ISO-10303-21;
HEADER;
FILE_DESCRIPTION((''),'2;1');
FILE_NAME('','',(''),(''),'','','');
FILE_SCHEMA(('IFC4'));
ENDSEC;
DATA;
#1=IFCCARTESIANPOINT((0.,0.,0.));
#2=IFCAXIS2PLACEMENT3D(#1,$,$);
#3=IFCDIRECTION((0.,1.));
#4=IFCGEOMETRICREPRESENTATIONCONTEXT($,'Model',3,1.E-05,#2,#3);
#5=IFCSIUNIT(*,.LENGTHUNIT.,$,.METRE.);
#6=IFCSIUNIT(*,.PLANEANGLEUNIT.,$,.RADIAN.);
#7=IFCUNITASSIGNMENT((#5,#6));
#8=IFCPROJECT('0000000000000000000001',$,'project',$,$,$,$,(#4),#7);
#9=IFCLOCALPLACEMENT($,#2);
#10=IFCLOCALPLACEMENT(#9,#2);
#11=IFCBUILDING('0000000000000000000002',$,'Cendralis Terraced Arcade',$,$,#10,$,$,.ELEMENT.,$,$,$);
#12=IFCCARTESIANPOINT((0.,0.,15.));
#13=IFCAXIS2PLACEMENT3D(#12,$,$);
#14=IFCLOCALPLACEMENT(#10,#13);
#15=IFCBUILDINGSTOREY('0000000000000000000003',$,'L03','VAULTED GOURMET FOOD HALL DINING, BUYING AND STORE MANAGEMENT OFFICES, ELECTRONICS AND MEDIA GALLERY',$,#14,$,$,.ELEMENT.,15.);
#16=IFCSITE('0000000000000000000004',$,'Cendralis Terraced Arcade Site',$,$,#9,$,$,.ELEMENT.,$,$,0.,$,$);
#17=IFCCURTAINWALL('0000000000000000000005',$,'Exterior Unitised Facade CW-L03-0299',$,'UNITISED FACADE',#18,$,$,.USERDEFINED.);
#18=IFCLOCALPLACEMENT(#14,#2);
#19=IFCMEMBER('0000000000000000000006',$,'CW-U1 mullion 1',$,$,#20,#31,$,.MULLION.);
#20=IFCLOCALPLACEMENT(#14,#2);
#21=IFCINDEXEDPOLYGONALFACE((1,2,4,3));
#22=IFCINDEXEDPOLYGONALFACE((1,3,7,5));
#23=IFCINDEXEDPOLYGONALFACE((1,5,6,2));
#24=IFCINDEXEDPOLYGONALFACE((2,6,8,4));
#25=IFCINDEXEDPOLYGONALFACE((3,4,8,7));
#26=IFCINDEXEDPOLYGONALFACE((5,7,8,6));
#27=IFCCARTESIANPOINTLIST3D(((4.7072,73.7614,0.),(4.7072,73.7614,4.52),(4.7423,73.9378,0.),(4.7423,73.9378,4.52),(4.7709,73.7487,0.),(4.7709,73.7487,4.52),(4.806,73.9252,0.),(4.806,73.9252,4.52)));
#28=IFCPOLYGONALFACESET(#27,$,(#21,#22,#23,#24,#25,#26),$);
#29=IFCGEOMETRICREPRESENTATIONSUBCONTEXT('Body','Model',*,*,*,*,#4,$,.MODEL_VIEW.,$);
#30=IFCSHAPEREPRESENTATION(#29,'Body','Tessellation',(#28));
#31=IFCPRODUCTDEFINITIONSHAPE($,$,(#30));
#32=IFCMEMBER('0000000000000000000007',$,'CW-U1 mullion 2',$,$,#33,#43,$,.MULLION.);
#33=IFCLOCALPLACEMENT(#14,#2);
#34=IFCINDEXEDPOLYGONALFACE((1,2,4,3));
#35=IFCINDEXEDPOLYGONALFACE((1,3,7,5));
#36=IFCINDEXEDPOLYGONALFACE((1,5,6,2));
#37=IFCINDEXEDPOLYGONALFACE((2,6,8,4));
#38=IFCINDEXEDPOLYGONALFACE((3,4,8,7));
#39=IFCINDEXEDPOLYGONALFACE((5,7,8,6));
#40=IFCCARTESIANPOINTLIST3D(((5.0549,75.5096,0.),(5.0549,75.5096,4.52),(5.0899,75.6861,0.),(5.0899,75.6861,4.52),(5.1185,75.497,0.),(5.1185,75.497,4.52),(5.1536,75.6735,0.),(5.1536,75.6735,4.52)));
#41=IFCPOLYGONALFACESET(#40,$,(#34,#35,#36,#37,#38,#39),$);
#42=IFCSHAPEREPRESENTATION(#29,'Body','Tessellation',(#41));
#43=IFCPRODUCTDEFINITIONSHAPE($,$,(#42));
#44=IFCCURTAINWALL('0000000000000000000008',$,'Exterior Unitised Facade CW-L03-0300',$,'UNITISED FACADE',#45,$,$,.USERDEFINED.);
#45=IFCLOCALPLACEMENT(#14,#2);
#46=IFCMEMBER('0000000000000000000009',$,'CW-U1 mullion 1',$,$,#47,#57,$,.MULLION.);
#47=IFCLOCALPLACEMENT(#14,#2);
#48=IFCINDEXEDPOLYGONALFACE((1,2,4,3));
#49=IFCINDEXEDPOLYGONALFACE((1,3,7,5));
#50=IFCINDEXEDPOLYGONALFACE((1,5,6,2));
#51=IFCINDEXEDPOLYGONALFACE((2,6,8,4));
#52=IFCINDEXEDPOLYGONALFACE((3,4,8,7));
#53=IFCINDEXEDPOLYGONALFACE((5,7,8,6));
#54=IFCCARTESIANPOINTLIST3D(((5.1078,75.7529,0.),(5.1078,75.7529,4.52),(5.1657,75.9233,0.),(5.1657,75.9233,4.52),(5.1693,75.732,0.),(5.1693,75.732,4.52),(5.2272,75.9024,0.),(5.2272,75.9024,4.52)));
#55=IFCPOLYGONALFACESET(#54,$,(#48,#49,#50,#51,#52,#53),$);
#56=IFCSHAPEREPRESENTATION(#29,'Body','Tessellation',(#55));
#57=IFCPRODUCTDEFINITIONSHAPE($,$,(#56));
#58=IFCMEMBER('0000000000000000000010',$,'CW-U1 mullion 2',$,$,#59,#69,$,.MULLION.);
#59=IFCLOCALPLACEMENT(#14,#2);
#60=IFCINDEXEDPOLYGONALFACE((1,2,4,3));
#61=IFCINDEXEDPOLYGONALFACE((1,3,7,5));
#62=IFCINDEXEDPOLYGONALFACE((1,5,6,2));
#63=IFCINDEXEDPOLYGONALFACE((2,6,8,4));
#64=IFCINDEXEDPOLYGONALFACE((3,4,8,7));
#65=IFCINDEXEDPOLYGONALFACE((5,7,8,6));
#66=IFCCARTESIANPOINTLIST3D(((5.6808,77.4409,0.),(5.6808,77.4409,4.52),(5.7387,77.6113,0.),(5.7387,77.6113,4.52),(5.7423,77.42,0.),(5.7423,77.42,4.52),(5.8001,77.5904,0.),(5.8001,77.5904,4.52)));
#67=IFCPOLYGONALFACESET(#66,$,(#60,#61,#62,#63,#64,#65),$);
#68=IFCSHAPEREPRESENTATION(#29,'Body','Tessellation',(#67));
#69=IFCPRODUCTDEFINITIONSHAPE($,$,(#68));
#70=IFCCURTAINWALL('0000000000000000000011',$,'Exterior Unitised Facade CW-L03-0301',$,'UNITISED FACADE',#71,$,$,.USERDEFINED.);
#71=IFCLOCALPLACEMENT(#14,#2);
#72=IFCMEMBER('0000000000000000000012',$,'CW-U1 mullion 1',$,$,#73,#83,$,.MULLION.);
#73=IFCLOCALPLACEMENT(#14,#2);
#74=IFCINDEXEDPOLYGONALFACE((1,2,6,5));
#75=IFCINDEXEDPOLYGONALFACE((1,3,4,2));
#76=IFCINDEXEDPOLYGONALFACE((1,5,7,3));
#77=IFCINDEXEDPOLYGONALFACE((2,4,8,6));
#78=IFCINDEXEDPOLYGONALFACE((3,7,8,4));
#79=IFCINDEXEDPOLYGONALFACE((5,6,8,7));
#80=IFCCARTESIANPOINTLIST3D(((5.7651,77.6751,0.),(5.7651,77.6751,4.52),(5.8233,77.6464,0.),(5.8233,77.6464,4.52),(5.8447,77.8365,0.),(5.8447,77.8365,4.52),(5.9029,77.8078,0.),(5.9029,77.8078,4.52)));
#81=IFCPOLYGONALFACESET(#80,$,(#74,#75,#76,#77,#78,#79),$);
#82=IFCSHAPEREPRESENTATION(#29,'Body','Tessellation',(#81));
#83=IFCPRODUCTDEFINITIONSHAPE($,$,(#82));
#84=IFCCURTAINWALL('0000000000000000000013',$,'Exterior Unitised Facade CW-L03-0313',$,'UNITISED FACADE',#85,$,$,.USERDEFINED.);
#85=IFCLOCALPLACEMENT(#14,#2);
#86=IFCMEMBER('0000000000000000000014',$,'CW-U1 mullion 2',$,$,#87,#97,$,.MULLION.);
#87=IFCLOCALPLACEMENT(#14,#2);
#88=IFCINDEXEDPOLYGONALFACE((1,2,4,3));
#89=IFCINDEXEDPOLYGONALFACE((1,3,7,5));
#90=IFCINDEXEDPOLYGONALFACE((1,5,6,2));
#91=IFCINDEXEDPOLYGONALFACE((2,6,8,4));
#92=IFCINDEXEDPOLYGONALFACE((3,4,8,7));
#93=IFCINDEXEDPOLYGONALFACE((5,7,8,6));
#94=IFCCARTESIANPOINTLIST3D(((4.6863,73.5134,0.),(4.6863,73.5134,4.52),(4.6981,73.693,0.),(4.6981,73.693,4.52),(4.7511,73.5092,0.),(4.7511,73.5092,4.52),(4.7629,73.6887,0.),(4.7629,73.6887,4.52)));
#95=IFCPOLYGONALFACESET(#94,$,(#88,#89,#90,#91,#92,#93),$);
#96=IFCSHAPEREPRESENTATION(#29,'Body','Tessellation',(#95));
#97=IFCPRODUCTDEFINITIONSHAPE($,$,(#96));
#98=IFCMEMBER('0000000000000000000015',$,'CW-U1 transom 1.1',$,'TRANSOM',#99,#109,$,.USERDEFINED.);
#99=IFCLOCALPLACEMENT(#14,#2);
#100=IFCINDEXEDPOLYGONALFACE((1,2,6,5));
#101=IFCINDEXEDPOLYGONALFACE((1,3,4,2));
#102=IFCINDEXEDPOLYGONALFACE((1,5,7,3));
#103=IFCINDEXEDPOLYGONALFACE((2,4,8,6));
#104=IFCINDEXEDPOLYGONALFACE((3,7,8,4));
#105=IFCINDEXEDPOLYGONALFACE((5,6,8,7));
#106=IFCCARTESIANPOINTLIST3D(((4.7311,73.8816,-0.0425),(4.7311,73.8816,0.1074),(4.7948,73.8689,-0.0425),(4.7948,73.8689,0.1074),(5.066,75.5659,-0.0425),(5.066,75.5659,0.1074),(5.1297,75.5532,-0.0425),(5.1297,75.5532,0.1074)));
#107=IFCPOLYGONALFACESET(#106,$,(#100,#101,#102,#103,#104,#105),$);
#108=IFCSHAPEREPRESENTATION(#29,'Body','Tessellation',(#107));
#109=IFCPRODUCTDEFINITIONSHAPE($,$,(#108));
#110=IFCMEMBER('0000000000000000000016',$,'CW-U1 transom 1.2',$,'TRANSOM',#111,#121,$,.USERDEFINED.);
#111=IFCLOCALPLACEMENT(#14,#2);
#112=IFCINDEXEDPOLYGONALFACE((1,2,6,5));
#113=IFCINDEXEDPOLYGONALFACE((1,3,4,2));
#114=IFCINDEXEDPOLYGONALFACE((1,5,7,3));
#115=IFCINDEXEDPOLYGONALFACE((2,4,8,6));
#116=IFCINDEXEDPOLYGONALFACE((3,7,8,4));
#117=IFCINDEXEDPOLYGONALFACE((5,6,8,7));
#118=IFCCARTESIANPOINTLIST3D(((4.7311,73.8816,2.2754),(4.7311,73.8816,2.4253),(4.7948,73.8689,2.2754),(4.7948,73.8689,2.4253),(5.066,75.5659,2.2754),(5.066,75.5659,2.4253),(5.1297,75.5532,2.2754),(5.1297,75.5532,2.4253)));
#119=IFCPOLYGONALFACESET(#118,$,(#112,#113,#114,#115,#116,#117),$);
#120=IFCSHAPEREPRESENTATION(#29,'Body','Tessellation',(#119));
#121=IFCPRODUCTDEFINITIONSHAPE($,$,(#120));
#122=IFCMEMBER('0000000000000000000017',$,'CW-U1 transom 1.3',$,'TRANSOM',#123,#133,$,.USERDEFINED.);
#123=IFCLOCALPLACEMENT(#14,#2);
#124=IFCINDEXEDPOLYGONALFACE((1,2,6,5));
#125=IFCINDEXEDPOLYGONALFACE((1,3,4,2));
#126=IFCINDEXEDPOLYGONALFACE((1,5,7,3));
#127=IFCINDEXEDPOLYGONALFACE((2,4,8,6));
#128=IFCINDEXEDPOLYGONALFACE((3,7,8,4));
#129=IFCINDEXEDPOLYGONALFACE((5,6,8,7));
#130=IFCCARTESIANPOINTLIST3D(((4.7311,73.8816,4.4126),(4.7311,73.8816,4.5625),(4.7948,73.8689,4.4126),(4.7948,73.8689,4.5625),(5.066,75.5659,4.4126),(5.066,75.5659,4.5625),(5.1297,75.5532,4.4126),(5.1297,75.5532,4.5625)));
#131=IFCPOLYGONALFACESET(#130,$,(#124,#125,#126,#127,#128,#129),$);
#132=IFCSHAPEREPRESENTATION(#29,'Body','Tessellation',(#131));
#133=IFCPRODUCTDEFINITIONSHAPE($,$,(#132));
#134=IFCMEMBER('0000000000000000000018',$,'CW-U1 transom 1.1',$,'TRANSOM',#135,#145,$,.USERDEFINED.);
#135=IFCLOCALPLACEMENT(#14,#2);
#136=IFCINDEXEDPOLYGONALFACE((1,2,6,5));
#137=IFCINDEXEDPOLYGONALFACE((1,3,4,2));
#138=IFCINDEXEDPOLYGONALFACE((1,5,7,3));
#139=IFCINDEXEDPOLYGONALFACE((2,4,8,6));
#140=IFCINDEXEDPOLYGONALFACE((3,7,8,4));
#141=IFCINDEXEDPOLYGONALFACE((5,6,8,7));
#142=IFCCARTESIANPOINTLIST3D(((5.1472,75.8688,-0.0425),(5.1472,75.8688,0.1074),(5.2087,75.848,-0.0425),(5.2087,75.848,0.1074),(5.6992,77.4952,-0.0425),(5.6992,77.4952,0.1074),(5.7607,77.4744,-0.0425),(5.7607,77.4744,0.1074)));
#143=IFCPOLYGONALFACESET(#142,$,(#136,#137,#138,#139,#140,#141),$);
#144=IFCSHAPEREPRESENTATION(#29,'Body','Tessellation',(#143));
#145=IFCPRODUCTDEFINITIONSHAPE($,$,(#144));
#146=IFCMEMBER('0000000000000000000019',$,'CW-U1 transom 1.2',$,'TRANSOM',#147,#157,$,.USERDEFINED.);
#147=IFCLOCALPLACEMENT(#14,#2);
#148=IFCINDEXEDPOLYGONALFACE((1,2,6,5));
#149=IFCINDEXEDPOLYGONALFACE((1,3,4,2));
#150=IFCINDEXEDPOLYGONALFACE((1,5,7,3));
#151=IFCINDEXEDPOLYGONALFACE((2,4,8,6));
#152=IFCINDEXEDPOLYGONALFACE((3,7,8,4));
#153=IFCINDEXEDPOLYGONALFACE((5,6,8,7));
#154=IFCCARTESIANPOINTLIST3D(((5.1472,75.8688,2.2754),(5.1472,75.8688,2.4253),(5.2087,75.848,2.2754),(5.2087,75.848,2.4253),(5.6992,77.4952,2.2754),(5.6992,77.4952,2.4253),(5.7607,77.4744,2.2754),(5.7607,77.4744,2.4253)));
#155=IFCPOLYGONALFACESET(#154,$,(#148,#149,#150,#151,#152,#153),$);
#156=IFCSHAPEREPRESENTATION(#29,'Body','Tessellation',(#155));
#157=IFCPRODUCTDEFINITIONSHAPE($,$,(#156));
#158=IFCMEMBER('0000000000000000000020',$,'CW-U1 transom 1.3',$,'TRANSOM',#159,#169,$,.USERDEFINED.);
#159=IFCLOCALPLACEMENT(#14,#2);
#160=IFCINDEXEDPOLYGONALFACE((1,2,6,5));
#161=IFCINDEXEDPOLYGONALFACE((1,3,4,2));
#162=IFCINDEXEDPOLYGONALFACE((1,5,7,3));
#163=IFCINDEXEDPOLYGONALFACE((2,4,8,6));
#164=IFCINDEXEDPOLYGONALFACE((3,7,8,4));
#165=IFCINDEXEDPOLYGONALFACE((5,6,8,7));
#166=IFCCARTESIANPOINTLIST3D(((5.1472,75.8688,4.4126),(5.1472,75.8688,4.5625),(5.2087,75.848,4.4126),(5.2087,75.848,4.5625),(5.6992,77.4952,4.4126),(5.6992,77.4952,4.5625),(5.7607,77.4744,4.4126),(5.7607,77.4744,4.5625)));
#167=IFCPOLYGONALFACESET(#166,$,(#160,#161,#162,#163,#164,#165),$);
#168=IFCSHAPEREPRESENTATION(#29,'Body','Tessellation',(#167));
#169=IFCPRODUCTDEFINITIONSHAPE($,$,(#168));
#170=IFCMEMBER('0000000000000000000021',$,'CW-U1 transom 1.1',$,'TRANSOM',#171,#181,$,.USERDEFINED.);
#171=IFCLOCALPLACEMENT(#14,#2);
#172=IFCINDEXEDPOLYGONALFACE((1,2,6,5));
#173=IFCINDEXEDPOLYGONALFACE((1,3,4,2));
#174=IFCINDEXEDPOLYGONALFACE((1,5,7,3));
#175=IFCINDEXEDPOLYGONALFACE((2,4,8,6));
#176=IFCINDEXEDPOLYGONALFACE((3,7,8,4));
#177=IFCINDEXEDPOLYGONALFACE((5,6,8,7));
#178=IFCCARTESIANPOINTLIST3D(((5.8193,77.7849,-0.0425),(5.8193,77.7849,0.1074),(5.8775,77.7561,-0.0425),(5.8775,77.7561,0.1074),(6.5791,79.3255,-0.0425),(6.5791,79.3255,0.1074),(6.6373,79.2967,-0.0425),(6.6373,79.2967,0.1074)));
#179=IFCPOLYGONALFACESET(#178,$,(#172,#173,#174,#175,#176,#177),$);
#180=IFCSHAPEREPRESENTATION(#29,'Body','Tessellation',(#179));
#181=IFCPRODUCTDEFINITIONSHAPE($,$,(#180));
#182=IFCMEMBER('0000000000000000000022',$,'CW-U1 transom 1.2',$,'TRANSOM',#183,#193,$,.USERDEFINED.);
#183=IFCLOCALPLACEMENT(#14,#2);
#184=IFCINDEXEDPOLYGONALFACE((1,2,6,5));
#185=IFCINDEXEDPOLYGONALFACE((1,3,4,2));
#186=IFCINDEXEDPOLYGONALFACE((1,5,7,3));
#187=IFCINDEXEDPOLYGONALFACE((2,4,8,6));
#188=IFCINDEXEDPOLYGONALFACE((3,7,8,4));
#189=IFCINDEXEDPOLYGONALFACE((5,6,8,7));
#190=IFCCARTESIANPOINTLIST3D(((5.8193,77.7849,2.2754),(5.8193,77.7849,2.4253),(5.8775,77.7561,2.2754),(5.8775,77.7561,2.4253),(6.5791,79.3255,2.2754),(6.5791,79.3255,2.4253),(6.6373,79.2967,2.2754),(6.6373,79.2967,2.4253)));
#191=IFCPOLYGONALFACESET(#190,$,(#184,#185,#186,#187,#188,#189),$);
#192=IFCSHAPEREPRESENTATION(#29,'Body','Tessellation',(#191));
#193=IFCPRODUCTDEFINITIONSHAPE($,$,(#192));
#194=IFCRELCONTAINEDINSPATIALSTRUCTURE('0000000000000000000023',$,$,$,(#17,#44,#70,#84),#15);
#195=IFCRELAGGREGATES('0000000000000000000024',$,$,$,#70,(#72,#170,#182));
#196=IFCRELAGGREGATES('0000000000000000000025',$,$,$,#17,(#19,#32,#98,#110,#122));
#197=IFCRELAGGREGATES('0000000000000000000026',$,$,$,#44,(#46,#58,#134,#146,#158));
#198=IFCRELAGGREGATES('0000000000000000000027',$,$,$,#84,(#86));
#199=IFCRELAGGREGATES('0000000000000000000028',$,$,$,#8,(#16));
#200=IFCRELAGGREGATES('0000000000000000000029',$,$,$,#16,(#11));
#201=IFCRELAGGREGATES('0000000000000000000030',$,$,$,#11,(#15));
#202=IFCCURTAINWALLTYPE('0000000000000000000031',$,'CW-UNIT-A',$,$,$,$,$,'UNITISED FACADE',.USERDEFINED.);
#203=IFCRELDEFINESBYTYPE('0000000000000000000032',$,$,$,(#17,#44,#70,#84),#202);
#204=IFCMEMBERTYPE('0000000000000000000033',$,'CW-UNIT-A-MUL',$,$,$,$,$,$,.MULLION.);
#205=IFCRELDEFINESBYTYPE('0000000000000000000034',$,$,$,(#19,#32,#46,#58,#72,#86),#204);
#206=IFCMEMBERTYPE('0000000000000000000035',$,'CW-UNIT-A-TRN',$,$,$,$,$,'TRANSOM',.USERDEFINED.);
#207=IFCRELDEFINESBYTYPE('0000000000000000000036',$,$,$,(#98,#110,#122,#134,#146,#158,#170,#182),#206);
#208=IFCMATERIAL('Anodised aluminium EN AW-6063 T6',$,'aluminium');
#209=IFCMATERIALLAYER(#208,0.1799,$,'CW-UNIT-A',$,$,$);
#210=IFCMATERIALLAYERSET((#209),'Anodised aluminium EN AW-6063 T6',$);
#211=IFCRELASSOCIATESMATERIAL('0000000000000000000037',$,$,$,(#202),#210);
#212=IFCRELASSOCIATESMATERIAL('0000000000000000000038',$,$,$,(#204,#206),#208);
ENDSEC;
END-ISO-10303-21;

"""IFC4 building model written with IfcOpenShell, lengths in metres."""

from ifc_helpers import new_model, si_unit, direction, frame, origin, origin_2d, place, context, subcontext, project, spatial, rectangle, extrude, material, layer, layer_set, material_profile, profile_set, type_object, element, aggregate, save


model = new_model("IFC4")

# Units and contexts
model_context = context("Model", 3, precision=1e-05, world=origin(), true_north=direction((0.0, 1.0)))
body_context = subcontext(model_context, "Body", "Model", "MODEL_VIEW")
ifc_project = project(units=[si_unit("LENGTHUNIT", "METRE"), si_unit("PLANEANGLEUNIT", "RADIAN")], contexts=[model_context])

# Site, building, storey
site_placement = place(None, origin())
site = spatial("IfcSite", under=ifc_project, at=site_placement, Name="Cendralis Terraced Arcade Site", CompositionType="ELEMENT", RefElevation=0.0)
building_placement = place(site_placement, origin())
building = spatial("IfcBuilding", under=site, at=building_placement, Name="Cendralis Terraced Arcade", CompositionType="ELEMENT")
storey_placement = place(building_placement, frame((0.0, 0.0, 15.0)))
storey = spatial("IfcBuildingStorey", under=building, at=storey_placement, Name="L03", Description="VAULTED GOURMET FOOD HALL DINING, BUYING AND STORE MANAGEMENT OFFICES, ELECTRONICS AND MEDIA GALLERY", CompositionType="ELEMENT", Elevation=15.0)

# Curtain walls, members
ifc_material_1 = material(Name="Anodised aluminium EN AW-6063 T6", Category="aluminium")
ifc_layer_1 = layer(ifc_material_1, 0.1799, Name="CW-UNIT-A")
ifc_layer_set_1 = layer_set([ifc_layer_1], Name="Anodised aluminium EN AW-6063 T6")
curtain_wall_type = type_object("IfcCurtainWallType", Name="CW-UNIT-A", ElementType="UNITISED FACADE", PredefinedType="USERDEFINED", material=ifc_layer_set_1)
curtain_wall_1_placement = place(storey_placement, origin())
curtain_wall_1 = element("IfcCurtainWall", 1, at=curtain_wall_1_placement, inside=storey, type_object=curtain_wall_type, Name="Exterior Unitised Facade CW-L03-0299", ObjectType="UNITISED FACADE", PredefinedType="USERDEFINED")
ifc_material_profile_1 = material_profile(ifc_material_1, rectangle(XDim=0.0649, YDim=0.1799, at=origin_2d()), Name="ALU-MUL-65x180")
ifc_profile_set_1 = profile_set([ifc_material_profile_1], Name="Anodised aluminium EN AW-6063 T6")
member_type_1 = type_object("IfcMemberType", Name="CW-UNIT-A-MUL", PredefinedType="MULLION", material=ifc_profile_set_1)
member_1_placement = place(storey_placement, frame((4.7566, 73.8433, 0.0), z_axis=(0.0, 0.0, 1.0), x_axis=(-0.980797, 0.195033, 0.0)))
member_1 = element("IfcMember", 2, at=member_1_placement, type_object=member_type_1, Name="CW-U1 mullion 1", PredefinedType="MULLION", context=body_context, shape_type="SweptSolid", body=[
    extrude(rectangle(XDim=0.0649, YDim=0.1799, at=origin_2d()), origin(), (0.0, 0.0, 1.0), 4.52),
])
member_2_placement = place(storey_placement, frame((5.1042, 75.5916, 0.0), z_axis=(0.0, 0.0, 1.0), x_axis=(-0.980797, 0.195033, 0.0)))
member_2 = element("IfcMember", 3, at=member_2_placement, type_object=member_type_1, Name="CW-U1 mullion 2", PredefinedType="MULLION", context=body_context, shape_type="SweptSolid", body=[
    extrude(rectangle(XDim=0.0649, YDim=0.1799, at=origin_2d()), origin(), (0.0, 0.0, 1.0), 4.52),
])
curtain_wall_2_placement = place(storey_placement, origin())
curtain_wall_2 = element("IfcCurtainWall", 4, at=curtain_wall_2_placement, inside=storey, type_object=curtain_wall_type, Name="Exterior Unitised Facade CW-L03-0300", ObjectType="UNITISED FACADE", PredefinedType="USERDEFINED")
member_3_placement = place(storey_placement, frame((5.1675, 75.8276, 0.0), z_axis=(0.0, 0.0, 1.0), x_axis=(-0.94691, 0.3215, 0.0)))
member_3 = element("IfcMember", 5, at=member_3_placement, type_object=member_type_1, Name="CW-U1 mullion 1", PredefinedType="MULLION", context=body_context, shape_type="SweptSolid", body=[
    extrude(rectangle(XDim=0.0649, YDim=0.1799, at=origin_2d()), origin(), (0.0, 0.0, 1.0), 4.52),
])
member_4_placement = place(storey_placement, frame((5.7405, 77.5156, 0.0), z_axis=(0.0, 0.0, 1.0), x_axis=(-0.94691, 0.3215, 0.0)))
member_4 = element("IfcMember", 6, at=member_4_placement, type_object=member_type_1, Name="CW-U1 mullion 2", PredefinedType="MULLION", context=body_context, shape_type="SweptSolid", body=[
    extrude(rectangle(XDim=0.0649, YDim=0.1799, at=origin_2d()), origin(), (0.0, 0.0, 1.0), 4.52),
])

# Curtain walls, members
curtain_wall_3_placement = place(storey_placement, origin())
curtain_wall_3 = element("IfcCurtainWall", 7, at=curtain_wall_3_placement, inside=storey, type_object=curtain_wall_type, Name="Exterior Unitised Facade CW-L03-0301", ObjectType="UNITISED FACADE", PredefinedType="USERDEFINED")
member_5_placement = place(storey_placement, frame((5.834, 77.7415, 0.0), z_axis=(0.0, 0.0, 1.0), x_axis=(-0.896882, 0.44227, 0.0)))
member_5 = element("IfcMember", 8, at=member_5_placement, type_object=member_type_1, Name="CW-U1 mullion 1", PredefinedType="MULLION", context=body_context, shape_type="SweptSolid", body=[
    extrude(rectangle(XDim=0.0649, YDim=0.1799, at=origin_2d()), origin(), (0.0, 0.0, 1.0), 4.52),
])
curtain_wall_4_placement = place(storey_placement, origin())
curtain_wall_4 = element("IfcCurtainWall", 9, at=curtain_wall_4_placement, inside=storey, type_object=curtain_wall_type, Name="Exterior Unitised Facade CW-L03-0313", ObjectType="UNITISED FACADE", PredefinedType="USERDEFINED")
member_6_placement = place(storey_placement, frame((4.7246, 73.6011, 0.0), z_axis=(0.0, 0.0, 1.0), x_axis=(-0.99786, 0.065384, 0.0)))
member_6 = element("IfcMember", 10, at=member_6_placement, type_object=member_type_1, Name="CW-U1 mullion 2", PredefinedType="MULLION", context=body_context, shape_type="SweptSolid", body=[
    extrude(rectangle(XDim=0.0649, YDim=0.1799, at=origin_2d()), origin(), (0.0, 0.0, 1.0), 4.52),
])

# Members
ifc_material_profile_2 = material_profile(ifc_material_1, rectangle(XDim=0.0649, YDim=0.1499, at=origin_2d()), Name="ALU-TRN-65x150")
ifc_profile_set_2 = profile_set([ifc_material_profile_2], Name="Anodised aluminium EN AW-6063 T6")
member_type_2 = type_object("IfcMemberType", Name="CW-UNIT-A-TRN", ElementType="TRANSOM", PredefinedType="USERDEFINED", material=ifc_profile_set_2)
member_7_placement = place(storey_placement, frame((4.7629, 73.8752, 0.0325), z_axis=(0.19505, 0.980793, 0.0), x_axis=(-0.980793, 0.19505, 0.0)))
member_7 = element("IfcMember", 11, at=member_7_placement, type_object=member_type_2, Name="CW-U1 transom 1.1", ObjectType="TRANSOM", PredefinedType="USERDEFINED", context=body_context, shape_type="SweptSolid", body=[
    extrude(rectangle(XDim=0.0649, YDim=0.1499, at=origin_2d()), origin(), (0.0, 0.0, 1.0), 1.7173),
])
member_8_placement = place(storey_placement, frame((4.7629, 73.8752, 2.3503), z_axis=(0.19505, 0.980793, 0.0), x_axis=(-0.980793, 0.19505, 0.0)))
member_8 = element("IfcMember", 12, at=member_8_placement, type_object=member_type_2, Name="CW-U1 transom 1.2", ObjectType="TRANSOM", PredefinedType="USERDEFINED", context=body_context, shape_type="SweptSolid", body=[
    extrude(rectangle(XDim=0.0649, YDim=0.1499, at=origin_2d()), origin(), (0.0, 0.0, 1.0), 1.7173),
])
member_9_placement = place(storey_placement, frame((4.7629, 73.8752, 4.4875), z_axis=(0.19505, 0.980793, 0.0), x_axis=(-0.980793, 0.19505, 0.0)))
member_9 = element("IfcMember", 13, at=member_9_placement, type_object=member_type_2, Name="CW-U1 transom 1.3", ObjectType="TRANSOM", PredefinedType="USERDEFINED", context=body_context, shape_type="SweptSolid", body=[
    extrude(rectangle(XDim=0.0649, YDim=0.1499, at=origin_2d()), origin(), (0.0, 0.0, 1.0), 1.7173),
])
member_10_placement = place(storey_placement, frame((5.178, 75.8584, 0.0325), z_axis=(0.321383, 0.946949, 0.0), x_axis=(-0.946949, 0.321383, 0.0)))
member_10 = element("IfcMember", 14, at=member_10_placement, type_object=member_type_2, Name="CW-U1 transom 1.1", ObjectType="TRANSOM", PredefinedType="USERDEFINED", context=body_context, shape_type="SweptSolid", body=[
    extrude(rectangle(XDim=0.0649, YDim=0.1499, at=origin_2d()), origin(), (0.0, 0.0, 1.0), 1.7175),
])
member_11_placement = place(storey_placement, frame((5.178, 75.8584, 2.3503), z_axis=(0.321383, 0.946949, 0.0), x_axis=(-0.946949, 0.321383, 0.0)))
member_11 = element("IfcMember", 15, at=member_11_placement, type_object=member_type_2, Name="CW-U1 transom 1.2", ObjectType="TRANSOM", PredefinedType="USERDEFINED", context=body_context, shape_type="SweptSolid", body=[
    extrude(rectangle(XDim=0.0649, YDim=0.1499, at=origin_2d()), origin(), (0.0, 0.0, 1.0), 1.7175),
])
member_12_placement = place(storey_placement, frame((5.178, 75.8584, 4.4875), z_axis=(0.321383, 0.946949, 0.0), x_axis=(-0.946949, 0.321383, 0.0)))
member_12 = element("IfcMember", 16, at=member_12_placement, type_object=member_type_2, Name="CW-U1 transom 1.3", ObjectType="TRANSOM", PredefinedType="USERDEFINED", context=body_context, shape_type="SweptSolid", body=[
    extrude(rectangle(XDim=0.0649, YDim=0.1499, at=origin_2d()), origin(), (0.0, 0.0, 1.0), 1.7175),
])
member_13_placement = place(storey_placement, frame((5.8484, 77.7705, 0.0325), z_axis=(0.442318, 0.896859, 0.0), x_axis=(-0.896859, 0.442318, 0.0)))
member_13 = element("IfcMember", 17, at=member_13_placement, type_object=member_type_2, Name="CW-U1 transom 1.1", ObjectType="TRANSOM", PredefinedType="USERDEFINED", context=body_context, shape_type="SweptSolid", body=[
    extrude(rectangle(XDim=0.0649, YDim=0.1499, at=origin_2d()), origin(), (0.0, 0.0, 1.0), 1.7178),
])
member_14_placement = place(storey_placement, frame((5.8484, 77.7705, 2.3503), z_axis=(0.442318, 0.896859, 0.0), x_axis=(-0.896859, 0.442318, 0.0)))
member_14 = element("IfcMember", 18, at=member_14_placement, type_object=member_type_2, Name="CW-U1 transom 1.2", ObjectType="TRANSOM", PredefinedType="USERDEFINED", context=body_context, shape_type="SweptSolid", body=[
    extrude(rectangle(XDim=0.0649, YDim=0.1499, at=origin_2d()), origin(), (0.0, 0.0, 1.0), 1.7178),
])
aggregate(curtain_wall_3, [member_5, member_13, member_14])

aggregate(curtain_wall_1, [member_1, member_2, member_7, member_8, member_9])
aggregate(curtain_wall_2, [member_3, member_4, member_10, member_11, member_12])
aggregate(curtain_wall_4, [member_6])

save(model, "model.ifc")
